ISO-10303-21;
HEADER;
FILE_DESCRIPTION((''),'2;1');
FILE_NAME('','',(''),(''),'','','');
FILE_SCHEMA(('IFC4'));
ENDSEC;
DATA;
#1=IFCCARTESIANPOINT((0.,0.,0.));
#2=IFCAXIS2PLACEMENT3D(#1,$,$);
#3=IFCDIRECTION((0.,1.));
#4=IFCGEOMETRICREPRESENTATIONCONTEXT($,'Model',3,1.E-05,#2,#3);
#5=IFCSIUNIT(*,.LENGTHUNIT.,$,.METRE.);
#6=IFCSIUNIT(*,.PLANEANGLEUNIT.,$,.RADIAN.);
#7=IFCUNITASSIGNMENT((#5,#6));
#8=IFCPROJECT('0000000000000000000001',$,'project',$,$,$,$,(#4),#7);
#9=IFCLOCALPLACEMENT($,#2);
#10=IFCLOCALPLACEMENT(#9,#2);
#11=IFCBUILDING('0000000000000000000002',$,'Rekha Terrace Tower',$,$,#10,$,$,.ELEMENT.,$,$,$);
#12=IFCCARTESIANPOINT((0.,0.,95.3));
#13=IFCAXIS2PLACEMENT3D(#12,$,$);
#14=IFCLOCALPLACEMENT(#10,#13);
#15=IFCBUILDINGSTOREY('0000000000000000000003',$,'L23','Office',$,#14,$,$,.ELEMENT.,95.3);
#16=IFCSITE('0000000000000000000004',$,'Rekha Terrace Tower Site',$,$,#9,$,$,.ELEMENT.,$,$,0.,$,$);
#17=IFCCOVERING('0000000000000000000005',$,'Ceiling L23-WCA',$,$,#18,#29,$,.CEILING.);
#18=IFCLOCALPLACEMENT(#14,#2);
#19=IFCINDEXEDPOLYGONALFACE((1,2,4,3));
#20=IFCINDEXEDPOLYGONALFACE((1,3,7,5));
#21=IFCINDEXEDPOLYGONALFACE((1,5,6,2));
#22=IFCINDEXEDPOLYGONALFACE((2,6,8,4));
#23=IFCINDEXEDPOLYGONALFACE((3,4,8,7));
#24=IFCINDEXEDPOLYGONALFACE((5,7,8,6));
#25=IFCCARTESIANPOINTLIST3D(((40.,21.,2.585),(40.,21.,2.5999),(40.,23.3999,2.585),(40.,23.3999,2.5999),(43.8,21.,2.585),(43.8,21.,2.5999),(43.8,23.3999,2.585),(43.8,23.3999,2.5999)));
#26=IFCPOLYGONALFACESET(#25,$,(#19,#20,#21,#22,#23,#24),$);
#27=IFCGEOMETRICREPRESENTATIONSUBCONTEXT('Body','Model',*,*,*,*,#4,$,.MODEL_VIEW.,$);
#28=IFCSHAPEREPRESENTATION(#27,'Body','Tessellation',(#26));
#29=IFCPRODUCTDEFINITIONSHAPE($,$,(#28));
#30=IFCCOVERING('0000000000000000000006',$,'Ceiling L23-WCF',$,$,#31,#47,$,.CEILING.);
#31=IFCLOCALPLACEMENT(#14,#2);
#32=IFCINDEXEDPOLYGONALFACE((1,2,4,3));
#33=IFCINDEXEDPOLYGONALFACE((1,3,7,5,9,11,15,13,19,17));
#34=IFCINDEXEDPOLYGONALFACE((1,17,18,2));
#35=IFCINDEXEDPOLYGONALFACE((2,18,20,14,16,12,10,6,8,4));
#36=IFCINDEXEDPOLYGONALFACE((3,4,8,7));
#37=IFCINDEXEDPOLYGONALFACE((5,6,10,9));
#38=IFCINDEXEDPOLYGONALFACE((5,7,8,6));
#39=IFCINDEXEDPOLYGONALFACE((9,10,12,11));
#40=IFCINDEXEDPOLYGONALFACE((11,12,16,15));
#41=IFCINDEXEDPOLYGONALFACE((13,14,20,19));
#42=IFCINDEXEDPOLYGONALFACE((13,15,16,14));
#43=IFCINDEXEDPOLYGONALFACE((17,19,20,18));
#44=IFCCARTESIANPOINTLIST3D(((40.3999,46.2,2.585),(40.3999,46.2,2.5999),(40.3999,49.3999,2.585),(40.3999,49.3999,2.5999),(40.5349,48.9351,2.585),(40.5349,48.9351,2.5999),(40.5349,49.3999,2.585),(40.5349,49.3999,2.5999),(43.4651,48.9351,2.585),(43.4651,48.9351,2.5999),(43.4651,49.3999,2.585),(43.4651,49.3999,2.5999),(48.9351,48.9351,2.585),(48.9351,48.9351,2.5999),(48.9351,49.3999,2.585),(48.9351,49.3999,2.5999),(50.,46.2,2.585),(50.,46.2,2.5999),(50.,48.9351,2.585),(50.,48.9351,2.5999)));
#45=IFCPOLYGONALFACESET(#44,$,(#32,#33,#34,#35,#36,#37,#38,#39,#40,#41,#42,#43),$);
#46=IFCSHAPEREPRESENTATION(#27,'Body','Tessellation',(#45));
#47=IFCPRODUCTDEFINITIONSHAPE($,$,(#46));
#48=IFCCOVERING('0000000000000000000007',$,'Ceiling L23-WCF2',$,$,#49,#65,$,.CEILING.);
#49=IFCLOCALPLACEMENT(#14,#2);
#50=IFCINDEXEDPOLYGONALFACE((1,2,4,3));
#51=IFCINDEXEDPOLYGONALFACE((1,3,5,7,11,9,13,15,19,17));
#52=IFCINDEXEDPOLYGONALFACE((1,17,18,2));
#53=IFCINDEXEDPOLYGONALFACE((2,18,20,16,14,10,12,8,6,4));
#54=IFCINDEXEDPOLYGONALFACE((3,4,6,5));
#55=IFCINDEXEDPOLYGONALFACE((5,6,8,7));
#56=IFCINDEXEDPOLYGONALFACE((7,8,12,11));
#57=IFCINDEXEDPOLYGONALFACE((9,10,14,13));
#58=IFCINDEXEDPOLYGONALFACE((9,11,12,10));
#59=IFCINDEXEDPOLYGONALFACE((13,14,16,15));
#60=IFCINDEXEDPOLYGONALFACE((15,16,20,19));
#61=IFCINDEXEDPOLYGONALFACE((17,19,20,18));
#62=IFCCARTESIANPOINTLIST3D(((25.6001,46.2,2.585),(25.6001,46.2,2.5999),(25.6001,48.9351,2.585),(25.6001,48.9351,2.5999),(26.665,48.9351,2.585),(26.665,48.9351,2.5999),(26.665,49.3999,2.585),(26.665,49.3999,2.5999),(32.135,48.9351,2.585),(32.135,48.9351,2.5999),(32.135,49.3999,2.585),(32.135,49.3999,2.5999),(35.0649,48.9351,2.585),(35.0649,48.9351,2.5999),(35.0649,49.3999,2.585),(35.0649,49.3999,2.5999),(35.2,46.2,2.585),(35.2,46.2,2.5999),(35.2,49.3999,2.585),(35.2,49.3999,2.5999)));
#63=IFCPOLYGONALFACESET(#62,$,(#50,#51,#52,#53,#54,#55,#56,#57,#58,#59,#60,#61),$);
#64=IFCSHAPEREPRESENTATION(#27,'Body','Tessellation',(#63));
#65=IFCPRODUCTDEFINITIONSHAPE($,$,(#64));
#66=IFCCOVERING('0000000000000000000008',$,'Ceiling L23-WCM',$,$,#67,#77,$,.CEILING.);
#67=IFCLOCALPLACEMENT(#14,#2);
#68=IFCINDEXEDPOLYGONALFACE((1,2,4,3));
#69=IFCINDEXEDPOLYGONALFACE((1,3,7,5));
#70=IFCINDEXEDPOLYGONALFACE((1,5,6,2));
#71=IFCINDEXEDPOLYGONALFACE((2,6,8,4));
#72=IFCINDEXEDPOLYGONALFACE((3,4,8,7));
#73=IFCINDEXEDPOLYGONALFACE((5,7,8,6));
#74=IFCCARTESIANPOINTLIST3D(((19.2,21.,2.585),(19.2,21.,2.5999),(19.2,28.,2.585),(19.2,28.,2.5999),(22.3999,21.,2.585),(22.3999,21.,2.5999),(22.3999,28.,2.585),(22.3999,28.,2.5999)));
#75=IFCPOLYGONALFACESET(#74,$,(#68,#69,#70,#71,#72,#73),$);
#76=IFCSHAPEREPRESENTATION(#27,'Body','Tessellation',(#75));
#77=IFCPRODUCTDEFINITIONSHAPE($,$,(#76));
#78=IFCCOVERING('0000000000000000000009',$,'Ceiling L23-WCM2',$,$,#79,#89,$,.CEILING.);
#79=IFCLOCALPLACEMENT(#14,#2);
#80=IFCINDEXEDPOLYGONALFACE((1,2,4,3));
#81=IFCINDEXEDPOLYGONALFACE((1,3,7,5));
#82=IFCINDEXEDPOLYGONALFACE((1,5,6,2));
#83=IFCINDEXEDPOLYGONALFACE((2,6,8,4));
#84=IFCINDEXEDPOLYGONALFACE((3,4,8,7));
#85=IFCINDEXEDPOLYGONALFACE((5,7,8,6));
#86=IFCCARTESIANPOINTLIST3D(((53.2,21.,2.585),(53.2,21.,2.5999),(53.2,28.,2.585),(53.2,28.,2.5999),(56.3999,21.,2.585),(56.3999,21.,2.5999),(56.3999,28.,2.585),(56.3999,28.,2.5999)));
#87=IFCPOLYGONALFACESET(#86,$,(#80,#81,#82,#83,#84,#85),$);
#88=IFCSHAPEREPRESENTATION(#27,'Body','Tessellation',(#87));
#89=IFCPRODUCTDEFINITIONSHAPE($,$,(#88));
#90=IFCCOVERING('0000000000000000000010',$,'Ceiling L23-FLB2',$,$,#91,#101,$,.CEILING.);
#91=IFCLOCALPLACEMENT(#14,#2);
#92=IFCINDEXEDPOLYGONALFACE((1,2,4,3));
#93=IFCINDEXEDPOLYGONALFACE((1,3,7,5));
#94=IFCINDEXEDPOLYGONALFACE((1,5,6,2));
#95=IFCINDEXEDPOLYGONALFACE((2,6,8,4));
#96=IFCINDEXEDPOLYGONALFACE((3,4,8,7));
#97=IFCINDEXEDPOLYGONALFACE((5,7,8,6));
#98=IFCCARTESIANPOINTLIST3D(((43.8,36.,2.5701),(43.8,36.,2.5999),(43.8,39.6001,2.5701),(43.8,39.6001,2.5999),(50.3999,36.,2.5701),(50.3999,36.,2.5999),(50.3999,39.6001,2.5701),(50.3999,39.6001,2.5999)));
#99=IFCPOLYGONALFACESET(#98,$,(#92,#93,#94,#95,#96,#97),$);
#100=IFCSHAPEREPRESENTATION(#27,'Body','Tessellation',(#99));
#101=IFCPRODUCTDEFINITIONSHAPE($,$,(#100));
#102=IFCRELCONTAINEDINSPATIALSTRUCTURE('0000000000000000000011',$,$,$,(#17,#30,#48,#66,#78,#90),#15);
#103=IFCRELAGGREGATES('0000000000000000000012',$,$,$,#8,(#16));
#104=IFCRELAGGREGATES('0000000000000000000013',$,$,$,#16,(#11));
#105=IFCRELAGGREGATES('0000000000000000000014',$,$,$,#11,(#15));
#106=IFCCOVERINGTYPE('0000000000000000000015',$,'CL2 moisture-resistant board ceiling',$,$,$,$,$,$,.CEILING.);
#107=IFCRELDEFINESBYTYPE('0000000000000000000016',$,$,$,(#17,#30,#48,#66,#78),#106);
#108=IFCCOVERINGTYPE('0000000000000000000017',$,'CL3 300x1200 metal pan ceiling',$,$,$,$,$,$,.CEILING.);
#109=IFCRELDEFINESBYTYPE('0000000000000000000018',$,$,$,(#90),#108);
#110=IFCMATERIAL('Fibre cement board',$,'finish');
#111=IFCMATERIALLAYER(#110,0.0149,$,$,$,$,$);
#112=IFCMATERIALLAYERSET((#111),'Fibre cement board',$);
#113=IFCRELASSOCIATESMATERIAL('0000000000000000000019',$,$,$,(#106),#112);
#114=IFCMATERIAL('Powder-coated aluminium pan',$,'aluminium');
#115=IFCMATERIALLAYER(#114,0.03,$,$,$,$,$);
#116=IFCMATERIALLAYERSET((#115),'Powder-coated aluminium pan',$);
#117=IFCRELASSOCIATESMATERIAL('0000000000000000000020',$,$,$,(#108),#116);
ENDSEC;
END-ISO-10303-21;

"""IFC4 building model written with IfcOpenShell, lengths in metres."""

from ifc_helpers import new_model, si_unit, direction, frame, origin, place, context, subcontext, project, spatial, polyline, outline, extrude, material, layer, layer_set, type_object, element, save


model = new_model("IFC4")

# Units and contexts
model_context = context("Model", 3, precision=1e-05, world=origin(), true_north=direction((0.0, 1.0)))
body_context = subcontext(model_context, "Body", "Model", "MODEL_VIEW")
ifc_project = project(units=[si_unit("LENGTHUNIT", "METRE"), si_unit("PLANEANGLEUNIT", "RADIAN")], contexts=[model_context])

# Site, building, storey
site_placement = place(None, origin())
site = spatial("IfcSite", under=ifc_project, at=site_placement, Name="Rekha Terrace Tower Site", CompositionType="ELEMENT", RefElevation=0.0)
building_placement = place(site_placement, origin())
building = spatial("IfcBuilding", under=site, at=building_placement, Name="Rekha Terrace Tower", CompositionType="ELEMENT")
storey_placement = place(building_placement, frame((0.0, 0.0, 95.3)))
storey = spatial("IfcBuildingStorey", under=building, at=storey_placement, Name="L23", Description="Office", CompositionType="ELEMENT", Elevation=95.3)

# Coverings
ifc_material_1 = material(Name="Fibre cement board", Category="finish")
ifc_layer_1 = layer(ifc_material_1, 0.0149)
ifc_layer_set_1 = layer_set([ifc_layer_1], Name="Fibre cement board")
covering_type_1 = type_object("IfcCoveringType", Name="CL2 moisture-resistant board ceiling", PredefinedType="CEILING", material=ifc_layer_set_1)
covering_1_placement = place(storey_placement, frame((0.0, 0.0, 2.585)))
element("IfcCovering", 1, at=covering_1_placement, inside=storey, type_object=covering_type_1, Name="Ceiling L23-WCA", PredefinedType="CEILING", context=body_context, shape_type="SweptSolid", body=[
    extrude(outline(polyline([(43.8, 23.3999), (40.0, 23.3999), (40.0, 21.0), (43.8, 21.0), (43.8, 23.3999)])), origin(), (0.0, 0.0, 1.0), 0.0149),
])
covering_2_placement = place(storey_placement, frame((0.0, 0.0, 2.585)))
element("IfcCovering", 2, at=covering_2_placement, inside=storey, type_object=covering_type_1, Name="Ceiling L23-WCF", PredefinedType="CEILING", context=body_context, shape_type="SweptSolid", body=[
    extrude(outline(polyline([(40.5349, 49.3999), (40.3999, 49.3999), (40.3999, 46.2), (50.0, 46.2), (50.0, 48.9351), (48.9351, 48.9351), (48.9351, 49.3999), (43.4651, 49.3999), (43.4651, 48.9351), (40.5349, 48.9351), (40.5349, 49.3999)])), origin(), (0.0, 0.0, 1.0), 0.0149),
])
covering_3_placement = place(storey_placement, frame((0.0, 0.0, 2.585)))
element("IfcCovering", 3, at=covering_3_placement, inside=storey, type_object=covering_type_1, Name="Ceiling L23-WCF2", PredefinedType="CEILING", context=body_context, shape_type="SweptSolid", body=[
    extrude(outline(polyline([(26.665, 48.9351), (25.6001, 48.9351), (25.6001, 46.2), (35.2, 46.2), (35.2, 49.3999), (35.0649, 49.3999), (35.0649, 48.9351), (32.135, 48.9351), (32.135, 49.3999), (26.665, 49.3999), (26.665, 48.9351)])), origin(), (0.0, 0.0, 1.0), 0.0149),
])
covering_4_placement = place(storey_placement, frame((0.0, 0.0, 2.585)))
element("IfcCovering", 4, at=covering_4_placement, inside=storey, type_object=covering_type_1, Name="Ceiling L23-WCM", PredefinedType="CEILING", context=body_context, shape_type="SweptSolid", body=[
    extrude(outline(polyline([(22.3999, 28.0), (19.2, 28.0), (19.2, 21.0), (22.3999, 21.0), (22.3999, 28.0)])), origin(), (0.0, 0.0, 1.0), 0.0149),
])
covering_5_placement = place(storey_placement, frame((0.0, 0.0, 2.585)))
element("IfcCovering", 5, at=covering_5_placement, inside=storey, type_object=covering_type_1, Name="Ceiling L23-WCM2", PredefinedType="CEILING", context=body_context, shape_type="SweptSolid", body=[
    extrude(outline(polyline([(56.3999, 28.0), (53.2, 28.0), (53.2, 21.0), (56.3999, 21.0), (56.3999, 28.0)])), origin(), (0.0, 0.0, 1.0), 0.0149),
])
ifc_material_2 = material(Name="Powder-coated aluminium pan", Category="aluminium")
ifc_layer_2 = layer(ifc_material_2, 0.03)
ifc_layer_set_2 = layer_set([ifc_layer_2], Name="Powder-coated aluminium pan")
covering_type_2 = type_object("IfcCoveringType", Name="CL3 300x1200 metal pan ceiling", PredefinedType="CEILING", material=ifc_layer_set_2)
covering_6_placement = place(storey_placement, frame((0.0, 0.0, 2.5701)))
element("IfcCovering", 6, at=covering_6_placement, inside=storey, type_object=covering_type_2, Name="Ceiling L23-FLB2", PredefinedType="CEILING", context=body_context, shape_type="SweptSolid", body=[
    extrude(outline(polyline([(50.3999, 39.6001), (43.8, 39.6001), (43.8, 36.0), (50.3999, 36.0), (50.3999, 39.6001)])), origin(), (0.0, 0.0, 1.0), 0.0298),
])

save(model, "model.ifc")
